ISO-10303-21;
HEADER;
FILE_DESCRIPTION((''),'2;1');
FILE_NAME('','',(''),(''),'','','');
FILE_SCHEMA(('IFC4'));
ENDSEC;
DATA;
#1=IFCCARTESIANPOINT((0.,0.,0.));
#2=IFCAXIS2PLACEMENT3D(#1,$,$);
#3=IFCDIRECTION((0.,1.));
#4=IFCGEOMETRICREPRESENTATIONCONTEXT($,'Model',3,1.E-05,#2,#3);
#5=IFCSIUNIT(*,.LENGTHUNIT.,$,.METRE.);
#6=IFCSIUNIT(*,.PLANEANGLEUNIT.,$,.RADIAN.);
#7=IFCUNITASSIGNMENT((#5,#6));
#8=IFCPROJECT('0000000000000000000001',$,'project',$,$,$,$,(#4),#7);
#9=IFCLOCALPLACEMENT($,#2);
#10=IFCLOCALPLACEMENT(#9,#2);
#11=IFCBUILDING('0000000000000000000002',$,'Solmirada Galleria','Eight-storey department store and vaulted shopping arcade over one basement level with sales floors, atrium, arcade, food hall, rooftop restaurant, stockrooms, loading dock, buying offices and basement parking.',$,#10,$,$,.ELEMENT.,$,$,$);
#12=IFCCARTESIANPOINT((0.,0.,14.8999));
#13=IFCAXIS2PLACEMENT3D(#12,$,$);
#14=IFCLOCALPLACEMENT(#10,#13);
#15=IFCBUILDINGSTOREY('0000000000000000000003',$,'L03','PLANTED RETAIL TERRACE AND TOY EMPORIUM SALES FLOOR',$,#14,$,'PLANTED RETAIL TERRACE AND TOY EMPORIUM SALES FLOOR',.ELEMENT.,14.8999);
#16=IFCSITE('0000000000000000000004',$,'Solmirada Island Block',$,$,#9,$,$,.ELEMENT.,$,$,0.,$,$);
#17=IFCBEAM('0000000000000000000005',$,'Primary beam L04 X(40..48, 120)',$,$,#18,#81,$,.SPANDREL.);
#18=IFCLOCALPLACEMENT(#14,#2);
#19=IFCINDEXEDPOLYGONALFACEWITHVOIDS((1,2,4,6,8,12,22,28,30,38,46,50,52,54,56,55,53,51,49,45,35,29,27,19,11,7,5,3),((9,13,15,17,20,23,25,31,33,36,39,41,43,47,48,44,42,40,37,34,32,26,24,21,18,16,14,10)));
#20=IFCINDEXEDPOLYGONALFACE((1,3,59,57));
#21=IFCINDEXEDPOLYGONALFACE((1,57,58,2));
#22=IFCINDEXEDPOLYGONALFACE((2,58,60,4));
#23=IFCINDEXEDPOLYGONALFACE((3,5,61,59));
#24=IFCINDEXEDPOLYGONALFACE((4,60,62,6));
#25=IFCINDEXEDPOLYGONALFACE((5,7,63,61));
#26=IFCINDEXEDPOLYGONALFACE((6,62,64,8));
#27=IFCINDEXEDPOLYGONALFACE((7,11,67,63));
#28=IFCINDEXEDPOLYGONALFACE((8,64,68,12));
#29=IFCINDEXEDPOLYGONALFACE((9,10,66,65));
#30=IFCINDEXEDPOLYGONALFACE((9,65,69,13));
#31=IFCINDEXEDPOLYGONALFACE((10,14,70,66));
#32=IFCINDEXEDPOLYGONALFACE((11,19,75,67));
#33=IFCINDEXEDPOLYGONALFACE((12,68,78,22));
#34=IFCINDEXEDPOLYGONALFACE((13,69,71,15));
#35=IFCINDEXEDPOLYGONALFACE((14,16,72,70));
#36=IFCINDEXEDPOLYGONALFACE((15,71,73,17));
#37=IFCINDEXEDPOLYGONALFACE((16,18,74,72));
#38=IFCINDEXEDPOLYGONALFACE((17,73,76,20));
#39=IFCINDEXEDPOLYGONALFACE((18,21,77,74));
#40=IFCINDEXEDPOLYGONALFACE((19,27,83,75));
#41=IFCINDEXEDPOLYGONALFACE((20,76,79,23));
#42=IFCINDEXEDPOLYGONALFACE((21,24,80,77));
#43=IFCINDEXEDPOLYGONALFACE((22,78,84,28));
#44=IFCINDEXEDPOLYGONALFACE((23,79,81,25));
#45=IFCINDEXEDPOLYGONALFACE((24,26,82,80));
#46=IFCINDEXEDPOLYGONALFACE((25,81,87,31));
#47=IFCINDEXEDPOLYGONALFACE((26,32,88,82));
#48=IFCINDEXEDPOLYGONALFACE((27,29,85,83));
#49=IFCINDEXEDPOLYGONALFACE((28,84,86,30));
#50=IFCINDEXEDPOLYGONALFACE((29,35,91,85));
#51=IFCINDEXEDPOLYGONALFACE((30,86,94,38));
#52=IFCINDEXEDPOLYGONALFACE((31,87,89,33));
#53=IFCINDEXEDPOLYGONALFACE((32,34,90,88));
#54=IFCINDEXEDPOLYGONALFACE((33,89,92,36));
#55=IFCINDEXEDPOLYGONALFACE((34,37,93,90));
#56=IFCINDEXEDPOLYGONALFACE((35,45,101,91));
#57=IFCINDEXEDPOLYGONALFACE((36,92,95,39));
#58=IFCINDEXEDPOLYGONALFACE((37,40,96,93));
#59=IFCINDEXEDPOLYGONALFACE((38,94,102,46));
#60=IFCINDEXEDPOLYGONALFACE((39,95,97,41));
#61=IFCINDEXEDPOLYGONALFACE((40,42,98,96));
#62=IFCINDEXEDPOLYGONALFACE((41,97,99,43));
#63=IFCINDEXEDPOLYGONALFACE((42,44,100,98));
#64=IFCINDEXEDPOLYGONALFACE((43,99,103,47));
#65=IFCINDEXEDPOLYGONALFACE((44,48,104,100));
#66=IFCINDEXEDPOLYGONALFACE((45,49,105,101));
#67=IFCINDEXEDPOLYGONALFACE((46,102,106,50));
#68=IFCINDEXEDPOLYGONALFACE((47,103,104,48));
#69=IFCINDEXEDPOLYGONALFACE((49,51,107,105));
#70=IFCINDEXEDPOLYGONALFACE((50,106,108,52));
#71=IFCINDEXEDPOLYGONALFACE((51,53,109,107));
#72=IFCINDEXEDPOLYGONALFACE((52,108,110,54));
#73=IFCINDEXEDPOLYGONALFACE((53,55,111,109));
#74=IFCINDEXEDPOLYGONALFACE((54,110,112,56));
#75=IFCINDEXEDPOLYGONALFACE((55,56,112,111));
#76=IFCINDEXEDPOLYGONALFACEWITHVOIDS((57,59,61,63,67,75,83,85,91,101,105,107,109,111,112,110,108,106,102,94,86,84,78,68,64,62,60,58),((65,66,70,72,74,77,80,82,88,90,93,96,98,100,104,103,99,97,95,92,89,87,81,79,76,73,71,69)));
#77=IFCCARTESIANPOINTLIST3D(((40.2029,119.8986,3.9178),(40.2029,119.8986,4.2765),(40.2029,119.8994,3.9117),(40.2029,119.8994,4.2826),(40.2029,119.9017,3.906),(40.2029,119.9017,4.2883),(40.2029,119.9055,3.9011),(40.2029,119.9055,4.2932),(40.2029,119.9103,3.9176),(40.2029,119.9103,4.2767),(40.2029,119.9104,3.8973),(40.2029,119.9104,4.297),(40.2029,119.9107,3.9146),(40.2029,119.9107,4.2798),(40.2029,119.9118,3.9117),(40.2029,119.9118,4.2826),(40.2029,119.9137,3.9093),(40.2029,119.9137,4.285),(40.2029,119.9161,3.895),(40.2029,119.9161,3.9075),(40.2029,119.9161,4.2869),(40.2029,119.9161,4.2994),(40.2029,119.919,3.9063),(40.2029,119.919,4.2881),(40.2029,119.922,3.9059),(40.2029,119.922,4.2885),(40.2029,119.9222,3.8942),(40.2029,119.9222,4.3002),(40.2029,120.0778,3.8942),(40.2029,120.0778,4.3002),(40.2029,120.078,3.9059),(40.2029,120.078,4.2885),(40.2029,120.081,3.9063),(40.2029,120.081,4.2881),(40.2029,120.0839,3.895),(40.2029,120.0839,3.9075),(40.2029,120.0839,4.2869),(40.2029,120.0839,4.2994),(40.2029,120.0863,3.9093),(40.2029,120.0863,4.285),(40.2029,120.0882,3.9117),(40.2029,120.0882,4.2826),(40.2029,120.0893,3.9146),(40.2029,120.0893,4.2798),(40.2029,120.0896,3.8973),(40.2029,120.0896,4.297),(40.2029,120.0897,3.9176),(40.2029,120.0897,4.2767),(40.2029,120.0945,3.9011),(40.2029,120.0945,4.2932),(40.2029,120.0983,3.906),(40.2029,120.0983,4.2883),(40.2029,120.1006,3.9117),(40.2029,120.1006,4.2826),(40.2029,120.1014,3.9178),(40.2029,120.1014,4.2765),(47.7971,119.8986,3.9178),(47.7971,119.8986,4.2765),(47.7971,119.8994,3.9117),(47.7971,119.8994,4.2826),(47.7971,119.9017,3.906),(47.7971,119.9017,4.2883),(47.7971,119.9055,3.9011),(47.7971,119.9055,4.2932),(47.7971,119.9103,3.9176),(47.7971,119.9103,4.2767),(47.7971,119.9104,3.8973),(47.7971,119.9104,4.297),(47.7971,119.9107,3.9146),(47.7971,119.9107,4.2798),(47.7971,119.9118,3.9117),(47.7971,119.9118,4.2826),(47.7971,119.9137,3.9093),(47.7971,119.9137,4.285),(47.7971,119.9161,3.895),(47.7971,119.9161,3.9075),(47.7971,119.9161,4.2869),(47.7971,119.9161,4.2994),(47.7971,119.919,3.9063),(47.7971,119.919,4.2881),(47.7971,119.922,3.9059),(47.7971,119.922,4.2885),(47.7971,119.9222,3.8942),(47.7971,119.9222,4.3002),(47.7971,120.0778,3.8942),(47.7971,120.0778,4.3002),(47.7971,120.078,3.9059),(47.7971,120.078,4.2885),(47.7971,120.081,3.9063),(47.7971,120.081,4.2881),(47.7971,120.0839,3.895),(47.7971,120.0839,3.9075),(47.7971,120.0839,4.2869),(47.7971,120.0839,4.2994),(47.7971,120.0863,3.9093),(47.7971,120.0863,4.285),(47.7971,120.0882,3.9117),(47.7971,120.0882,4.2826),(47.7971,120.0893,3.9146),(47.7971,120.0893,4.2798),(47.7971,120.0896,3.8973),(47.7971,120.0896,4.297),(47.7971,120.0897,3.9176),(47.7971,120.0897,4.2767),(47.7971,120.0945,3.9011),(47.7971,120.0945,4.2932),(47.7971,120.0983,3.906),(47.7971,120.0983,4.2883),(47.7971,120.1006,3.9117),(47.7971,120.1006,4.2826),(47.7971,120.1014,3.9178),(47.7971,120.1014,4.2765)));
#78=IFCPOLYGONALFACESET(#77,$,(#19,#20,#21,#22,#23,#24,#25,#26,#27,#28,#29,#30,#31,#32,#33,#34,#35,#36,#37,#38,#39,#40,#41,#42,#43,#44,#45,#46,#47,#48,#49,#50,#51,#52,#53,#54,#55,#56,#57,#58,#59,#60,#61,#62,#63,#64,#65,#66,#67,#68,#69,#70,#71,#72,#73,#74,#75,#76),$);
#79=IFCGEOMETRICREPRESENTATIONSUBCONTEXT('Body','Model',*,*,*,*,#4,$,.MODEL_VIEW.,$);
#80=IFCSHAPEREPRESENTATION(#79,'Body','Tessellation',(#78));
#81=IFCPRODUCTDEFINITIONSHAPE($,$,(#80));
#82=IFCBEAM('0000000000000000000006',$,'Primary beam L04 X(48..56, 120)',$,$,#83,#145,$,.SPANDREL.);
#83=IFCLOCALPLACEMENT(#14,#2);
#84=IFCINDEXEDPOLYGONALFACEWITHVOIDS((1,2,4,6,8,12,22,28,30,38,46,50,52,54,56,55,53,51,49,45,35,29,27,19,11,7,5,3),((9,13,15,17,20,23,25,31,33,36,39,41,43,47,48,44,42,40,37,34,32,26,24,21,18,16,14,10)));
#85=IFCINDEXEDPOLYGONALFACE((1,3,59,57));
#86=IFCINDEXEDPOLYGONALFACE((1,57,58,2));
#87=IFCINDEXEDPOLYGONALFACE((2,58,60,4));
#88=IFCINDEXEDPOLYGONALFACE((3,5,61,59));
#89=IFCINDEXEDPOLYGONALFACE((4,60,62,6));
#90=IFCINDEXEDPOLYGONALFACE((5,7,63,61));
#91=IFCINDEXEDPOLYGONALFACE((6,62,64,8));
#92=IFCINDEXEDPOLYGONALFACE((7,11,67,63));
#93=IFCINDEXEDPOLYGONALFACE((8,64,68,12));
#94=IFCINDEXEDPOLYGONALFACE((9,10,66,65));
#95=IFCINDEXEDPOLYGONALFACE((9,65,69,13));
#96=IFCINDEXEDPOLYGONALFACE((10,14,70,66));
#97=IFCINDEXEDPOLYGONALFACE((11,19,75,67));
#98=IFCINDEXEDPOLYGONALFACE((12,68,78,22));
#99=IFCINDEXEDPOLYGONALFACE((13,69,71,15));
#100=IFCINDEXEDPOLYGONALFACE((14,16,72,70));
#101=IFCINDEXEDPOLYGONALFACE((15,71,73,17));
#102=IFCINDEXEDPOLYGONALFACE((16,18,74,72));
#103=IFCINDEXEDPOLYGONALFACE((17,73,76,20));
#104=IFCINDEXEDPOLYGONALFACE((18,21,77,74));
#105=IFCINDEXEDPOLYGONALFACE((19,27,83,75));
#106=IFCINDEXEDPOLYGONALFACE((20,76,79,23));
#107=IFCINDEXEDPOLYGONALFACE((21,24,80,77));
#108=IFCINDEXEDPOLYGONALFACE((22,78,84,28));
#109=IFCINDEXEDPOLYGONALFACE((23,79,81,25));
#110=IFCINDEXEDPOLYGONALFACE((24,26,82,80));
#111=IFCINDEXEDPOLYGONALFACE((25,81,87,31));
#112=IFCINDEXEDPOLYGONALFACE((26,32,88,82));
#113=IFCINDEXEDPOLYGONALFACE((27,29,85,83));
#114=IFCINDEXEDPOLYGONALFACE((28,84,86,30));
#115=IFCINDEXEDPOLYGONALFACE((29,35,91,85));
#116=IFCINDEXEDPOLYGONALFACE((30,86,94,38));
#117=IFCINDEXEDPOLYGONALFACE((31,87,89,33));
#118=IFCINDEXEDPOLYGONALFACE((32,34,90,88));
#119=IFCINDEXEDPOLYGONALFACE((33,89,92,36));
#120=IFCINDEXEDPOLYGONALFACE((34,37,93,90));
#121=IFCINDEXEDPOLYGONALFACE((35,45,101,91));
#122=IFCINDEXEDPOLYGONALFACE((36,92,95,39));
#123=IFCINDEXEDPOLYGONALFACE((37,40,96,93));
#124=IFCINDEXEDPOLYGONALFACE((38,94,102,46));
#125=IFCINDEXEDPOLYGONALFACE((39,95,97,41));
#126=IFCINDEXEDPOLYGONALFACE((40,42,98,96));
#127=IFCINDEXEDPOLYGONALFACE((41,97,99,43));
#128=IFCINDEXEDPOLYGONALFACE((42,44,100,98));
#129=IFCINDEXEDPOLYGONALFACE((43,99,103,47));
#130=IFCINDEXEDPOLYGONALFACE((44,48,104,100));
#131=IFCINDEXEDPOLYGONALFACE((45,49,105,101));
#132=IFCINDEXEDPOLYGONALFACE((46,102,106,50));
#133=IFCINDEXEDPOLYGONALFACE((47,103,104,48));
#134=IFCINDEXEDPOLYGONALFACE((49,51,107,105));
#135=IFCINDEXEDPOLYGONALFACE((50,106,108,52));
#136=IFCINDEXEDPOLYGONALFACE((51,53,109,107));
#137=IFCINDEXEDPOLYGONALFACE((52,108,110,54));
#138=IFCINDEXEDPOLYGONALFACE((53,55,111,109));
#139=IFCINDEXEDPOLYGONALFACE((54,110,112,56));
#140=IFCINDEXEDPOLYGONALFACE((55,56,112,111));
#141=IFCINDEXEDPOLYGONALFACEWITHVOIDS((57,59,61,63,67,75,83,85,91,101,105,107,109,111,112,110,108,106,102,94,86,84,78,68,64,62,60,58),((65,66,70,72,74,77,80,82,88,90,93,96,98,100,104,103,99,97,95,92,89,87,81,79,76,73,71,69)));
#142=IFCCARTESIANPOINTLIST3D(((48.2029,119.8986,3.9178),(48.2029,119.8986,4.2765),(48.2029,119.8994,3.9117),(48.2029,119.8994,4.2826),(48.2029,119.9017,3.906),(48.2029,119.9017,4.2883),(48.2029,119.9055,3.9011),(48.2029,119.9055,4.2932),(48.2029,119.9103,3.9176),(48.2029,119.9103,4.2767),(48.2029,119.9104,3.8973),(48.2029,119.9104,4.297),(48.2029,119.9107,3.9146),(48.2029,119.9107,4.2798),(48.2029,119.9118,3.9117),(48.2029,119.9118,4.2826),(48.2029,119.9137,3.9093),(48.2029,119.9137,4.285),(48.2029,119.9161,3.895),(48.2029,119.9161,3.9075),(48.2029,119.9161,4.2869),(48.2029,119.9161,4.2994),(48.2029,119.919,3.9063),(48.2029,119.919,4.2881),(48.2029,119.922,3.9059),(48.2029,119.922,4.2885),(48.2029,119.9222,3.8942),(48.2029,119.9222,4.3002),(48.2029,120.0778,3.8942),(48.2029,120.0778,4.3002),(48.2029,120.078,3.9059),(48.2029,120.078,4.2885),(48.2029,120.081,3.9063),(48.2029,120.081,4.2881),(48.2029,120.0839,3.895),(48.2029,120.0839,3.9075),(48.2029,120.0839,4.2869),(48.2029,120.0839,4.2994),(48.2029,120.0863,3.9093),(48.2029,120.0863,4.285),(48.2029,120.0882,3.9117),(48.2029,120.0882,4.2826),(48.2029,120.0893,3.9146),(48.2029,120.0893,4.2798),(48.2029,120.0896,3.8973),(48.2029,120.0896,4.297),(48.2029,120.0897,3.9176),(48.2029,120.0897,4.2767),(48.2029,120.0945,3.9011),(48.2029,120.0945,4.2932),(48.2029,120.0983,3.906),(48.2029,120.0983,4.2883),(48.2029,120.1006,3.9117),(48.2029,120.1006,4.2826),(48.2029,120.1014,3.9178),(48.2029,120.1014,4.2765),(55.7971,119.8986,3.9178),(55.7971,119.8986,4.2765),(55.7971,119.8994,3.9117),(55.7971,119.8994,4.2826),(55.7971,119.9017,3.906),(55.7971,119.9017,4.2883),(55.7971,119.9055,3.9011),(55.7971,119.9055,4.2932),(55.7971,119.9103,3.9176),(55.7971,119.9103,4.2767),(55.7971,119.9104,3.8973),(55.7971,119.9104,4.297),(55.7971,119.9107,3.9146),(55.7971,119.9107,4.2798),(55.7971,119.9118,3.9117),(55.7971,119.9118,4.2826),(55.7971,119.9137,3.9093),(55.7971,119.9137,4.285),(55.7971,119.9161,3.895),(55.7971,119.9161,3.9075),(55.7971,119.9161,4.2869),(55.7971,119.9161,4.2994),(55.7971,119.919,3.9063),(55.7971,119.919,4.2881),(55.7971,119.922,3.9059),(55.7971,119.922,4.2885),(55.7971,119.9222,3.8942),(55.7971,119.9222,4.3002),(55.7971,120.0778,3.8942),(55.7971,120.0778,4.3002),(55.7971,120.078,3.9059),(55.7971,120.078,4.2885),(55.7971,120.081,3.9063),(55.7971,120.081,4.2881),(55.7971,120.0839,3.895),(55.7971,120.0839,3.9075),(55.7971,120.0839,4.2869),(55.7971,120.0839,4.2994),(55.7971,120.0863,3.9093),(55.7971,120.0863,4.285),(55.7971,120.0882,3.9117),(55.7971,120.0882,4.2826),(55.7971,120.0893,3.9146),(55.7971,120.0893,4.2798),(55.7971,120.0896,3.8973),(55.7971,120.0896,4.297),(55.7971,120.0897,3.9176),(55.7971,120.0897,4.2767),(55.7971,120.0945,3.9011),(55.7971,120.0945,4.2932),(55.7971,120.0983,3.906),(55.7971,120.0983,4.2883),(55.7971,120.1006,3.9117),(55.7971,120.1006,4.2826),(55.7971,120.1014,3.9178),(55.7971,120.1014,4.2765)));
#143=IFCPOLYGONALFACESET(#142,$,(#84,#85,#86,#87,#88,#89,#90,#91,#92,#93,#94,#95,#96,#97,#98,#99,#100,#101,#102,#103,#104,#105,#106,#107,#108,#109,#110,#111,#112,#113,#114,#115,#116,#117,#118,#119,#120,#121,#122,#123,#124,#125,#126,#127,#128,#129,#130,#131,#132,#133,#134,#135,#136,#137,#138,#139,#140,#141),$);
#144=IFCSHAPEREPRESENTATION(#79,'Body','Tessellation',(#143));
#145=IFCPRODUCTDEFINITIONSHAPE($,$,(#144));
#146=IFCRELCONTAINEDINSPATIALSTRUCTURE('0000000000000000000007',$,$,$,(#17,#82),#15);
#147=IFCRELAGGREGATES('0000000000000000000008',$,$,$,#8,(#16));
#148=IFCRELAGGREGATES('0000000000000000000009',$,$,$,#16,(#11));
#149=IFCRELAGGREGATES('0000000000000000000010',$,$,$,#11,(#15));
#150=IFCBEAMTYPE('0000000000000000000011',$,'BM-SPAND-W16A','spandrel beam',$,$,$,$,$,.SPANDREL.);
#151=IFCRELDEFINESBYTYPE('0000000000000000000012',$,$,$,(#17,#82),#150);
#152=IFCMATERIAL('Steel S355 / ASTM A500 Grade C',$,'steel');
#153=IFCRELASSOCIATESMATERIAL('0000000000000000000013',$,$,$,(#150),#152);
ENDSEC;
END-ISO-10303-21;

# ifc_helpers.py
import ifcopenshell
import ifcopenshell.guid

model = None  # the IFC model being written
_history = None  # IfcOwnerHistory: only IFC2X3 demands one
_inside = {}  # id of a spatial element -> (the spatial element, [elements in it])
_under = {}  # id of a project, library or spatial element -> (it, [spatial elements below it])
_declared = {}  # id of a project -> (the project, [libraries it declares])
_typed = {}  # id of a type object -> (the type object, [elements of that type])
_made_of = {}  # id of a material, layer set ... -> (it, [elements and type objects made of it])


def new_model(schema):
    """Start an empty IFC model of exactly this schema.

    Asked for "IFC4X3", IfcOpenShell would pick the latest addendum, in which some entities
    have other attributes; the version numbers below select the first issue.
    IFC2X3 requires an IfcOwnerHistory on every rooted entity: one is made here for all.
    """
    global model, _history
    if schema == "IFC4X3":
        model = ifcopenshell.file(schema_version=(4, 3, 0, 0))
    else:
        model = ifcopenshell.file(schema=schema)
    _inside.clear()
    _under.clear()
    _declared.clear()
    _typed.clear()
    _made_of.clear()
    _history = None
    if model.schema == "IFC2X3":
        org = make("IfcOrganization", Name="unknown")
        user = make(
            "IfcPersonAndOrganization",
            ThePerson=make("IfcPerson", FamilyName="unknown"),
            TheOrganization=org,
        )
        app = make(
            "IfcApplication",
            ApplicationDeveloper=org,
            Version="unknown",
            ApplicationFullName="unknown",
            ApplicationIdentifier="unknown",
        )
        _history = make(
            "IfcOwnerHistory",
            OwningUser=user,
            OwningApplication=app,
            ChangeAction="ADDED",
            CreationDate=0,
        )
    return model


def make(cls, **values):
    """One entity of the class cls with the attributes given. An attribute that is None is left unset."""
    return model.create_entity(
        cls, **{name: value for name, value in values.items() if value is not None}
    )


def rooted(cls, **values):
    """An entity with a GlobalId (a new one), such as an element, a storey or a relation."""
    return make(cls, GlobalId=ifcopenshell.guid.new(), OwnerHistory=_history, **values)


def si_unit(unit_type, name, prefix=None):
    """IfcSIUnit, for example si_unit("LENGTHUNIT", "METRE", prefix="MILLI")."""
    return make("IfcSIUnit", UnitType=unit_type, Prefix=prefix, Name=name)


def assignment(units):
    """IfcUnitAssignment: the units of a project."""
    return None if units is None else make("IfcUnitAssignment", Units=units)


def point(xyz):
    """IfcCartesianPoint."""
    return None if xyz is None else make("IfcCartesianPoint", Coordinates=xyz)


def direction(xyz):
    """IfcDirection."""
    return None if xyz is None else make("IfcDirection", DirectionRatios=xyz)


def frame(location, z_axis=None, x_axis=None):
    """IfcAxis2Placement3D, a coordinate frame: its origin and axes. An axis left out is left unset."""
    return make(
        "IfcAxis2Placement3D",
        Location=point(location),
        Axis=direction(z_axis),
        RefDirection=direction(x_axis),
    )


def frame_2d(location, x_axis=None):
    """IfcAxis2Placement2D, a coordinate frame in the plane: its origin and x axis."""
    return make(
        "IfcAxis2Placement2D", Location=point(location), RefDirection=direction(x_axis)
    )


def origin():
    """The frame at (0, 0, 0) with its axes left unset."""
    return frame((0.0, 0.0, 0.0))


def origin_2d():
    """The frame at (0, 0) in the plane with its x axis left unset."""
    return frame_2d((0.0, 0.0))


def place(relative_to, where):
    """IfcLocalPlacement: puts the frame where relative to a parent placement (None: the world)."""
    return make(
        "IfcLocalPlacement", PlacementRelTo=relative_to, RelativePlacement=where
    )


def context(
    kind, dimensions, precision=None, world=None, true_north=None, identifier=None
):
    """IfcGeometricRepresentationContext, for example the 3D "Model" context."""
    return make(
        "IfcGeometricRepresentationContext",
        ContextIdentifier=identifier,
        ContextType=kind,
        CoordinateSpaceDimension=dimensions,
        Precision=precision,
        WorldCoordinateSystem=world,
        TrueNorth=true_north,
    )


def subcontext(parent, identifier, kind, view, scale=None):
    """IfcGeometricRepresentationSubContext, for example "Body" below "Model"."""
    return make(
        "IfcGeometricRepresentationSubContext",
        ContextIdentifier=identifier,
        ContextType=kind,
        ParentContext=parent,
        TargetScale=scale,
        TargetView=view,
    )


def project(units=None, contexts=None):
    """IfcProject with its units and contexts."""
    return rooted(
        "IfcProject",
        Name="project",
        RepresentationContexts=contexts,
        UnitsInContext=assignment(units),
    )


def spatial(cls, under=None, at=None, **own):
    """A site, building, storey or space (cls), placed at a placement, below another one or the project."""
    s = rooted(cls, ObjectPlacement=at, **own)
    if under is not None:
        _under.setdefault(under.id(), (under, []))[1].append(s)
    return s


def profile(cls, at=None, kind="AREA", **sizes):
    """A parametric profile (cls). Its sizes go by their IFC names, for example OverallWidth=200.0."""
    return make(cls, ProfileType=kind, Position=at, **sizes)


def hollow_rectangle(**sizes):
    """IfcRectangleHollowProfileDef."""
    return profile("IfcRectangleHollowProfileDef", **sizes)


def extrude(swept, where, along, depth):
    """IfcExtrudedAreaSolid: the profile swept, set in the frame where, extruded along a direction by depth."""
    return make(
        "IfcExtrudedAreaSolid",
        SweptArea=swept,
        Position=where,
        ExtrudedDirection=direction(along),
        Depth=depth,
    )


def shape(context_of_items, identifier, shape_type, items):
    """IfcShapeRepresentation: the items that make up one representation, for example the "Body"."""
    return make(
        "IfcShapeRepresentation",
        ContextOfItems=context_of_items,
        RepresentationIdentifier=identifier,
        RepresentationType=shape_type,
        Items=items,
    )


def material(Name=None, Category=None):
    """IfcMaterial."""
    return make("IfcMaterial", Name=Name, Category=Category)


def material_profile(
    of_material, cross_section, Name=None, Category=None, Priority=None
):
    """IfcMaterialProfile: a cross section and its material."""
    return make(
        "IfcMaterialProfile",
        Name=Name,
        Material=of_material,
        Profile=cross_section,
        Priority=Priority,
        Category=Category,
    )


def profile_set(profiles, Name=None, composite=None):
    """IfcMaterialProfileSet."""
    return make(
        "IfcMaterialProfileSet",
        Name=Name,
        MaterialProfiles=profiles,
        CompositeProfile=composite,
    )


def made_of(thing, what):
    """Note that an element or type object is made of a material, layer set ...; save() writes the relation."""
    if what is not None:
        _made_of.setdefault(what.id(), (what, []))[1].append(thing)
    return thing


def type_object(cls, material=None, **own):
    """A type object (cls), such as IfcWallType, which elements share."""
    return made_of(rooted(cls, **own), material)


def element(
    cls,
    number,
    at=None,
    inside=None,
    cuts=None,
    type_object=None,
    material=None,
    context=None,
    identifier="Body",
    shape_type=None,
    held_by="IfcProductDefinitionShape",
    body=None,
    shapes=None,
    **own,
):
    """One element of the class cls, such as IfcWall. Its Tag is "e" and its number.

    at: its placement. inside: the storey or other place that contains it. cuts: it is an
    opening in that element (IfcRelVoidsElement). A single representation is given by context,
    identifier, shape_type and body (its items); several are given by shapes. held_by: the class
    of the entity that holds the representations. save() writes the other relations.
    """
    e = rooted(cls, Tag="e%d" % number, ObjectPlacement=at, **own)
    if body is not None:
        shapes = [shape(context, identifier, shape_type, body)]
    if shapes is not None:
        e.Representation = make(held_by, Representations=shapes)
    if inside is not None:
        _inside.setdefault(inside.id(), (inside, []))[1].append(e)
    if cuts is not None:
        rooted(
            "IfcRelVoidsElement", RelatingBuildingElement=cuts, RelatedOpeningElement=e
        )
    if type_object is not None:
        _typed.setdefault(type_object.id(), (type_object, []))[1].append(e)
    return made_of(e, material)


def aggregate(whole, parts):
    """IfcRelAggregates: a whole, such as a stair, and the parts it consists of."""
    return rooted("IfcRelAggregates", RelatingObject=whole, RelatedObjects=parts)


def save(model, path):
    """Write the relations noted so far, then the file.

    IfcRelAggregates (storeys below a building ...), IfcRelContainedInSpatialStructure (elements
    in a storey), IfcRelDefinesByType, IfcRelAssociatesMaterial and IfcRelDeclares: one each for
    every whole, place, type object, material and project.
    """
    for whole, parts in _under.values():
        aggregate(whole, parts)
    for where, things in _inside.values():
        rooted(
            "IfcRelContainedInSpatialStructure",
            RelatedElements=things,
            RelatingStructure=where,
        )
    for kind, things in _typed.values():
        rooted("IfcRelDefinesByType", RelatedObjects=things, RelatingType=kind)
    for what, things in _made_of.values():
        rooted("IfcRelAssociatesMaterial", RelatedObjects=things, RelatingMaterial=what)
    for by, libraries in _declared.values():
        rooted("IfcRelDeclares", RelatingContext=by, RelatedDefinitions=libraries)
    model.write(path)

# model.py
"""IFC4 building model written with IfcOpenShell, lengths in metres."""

from ifc_helpers import new_model, si_unit, direction, frame, origin, origin_2d, place, context, subcontext, project, spatial, hollow_rectangle, extrude, material, material_profile, profile_set, type_object, element, save


model = new_model("IFC4")

# Units and contexts
model_context = context("Model", 3, precision=1e-05, world=origin(), true_north=direction((0.0, 1.0)))
body_context = subcontext(model_context, "Body", "Model", "MODEL_VIEW")
ifc_project = project(units=[si_unit("LENGTHUNIT", "METRE"), si_unit("PLANEANGLEUNIT", "RADIAN")], contexts=[model_context])

# Site, building, storey
site_placement = place(None, origin())
site = spatial("IfcSite", under=ifc_project, at=site_placement, Name="Solmirada Island Block", CompositionType="ELEMENT", RefElevation=0.0)
building_placement = place(site_placement, origin())
building = spatial("IfcBuilding", under=site, at=building_placement, Name="Solmirada Galleria", Description="Eight-storey department store and vaulted shopping arcade over one basement level with sales floors, atrium, arcade, food hall, rooftop restaurant, stockrooms, loading dock, buying offices and basement parking.", CompositionType="ELEMENT")
storey_placement = place(building_placement, frame((0.0, 0.0, 14.8999)))
storey = spatial("IfcBuildingStorey", under=building, at=storey_placement, Name="L03", Description="PLANTED RETAIL TERRACE AND TOY EMPORIUM SALES FLOOR", LongName="PLANTED RETAIL TERRACE AND TOY EMPORIUM SALES FLOOR", CompositionType="ELEMENT", Elevation=14.8999)

# Shared definitions
ifc_material_1 = material(Name="Steel S355 / ASTM A500 Grade C", Category="steel")

# Beams
ifc_material_profile_1 = material_profile(ifc_material_1, hollow_rectangle(XDim=0.2029, YDim=0.406, WallThickness=0.0117, InnerFilletRadius=0.0117, OuterFilletRadius=0.0237, at=origin_2d()), Name="HSS16X8X1/2")
ifc_profile_set_1 = profile_set([ifc_material_profile_1], Name="Steel S355 / ASTM A500 Grade C")
beam_type_1 = type_object("IfcBeamType", Name="BM-SPAND-W16A", Description="spandrel beam", PredefinedType="SPANDREL", material=ifc_profile_set_1)
for number, where, z_axis, x_axis, name in (
    (1, (40.2029, 120.0, 4.0972), (1.0, 0.0, 0.0), (0.0, 1.0, 0.0), "Primary beam L04 X(40..48, 120)"),
    (2, (48.2029, 120.0, 4.0972), (1.0, 0.0, 0.0), (0.0, 1.0, 0.0), "Primary beam L04 X(48..56, 120)"),
):
    element("IfcBeam", number, at=place(storey_placement, frame(where, z_axis=z_axis, x_axis=x_axis)), inside=storey, type_object=beam_type_1, Name=name, PredefinedType="SPANDREL", context=body_context, shape_type="SweptSolid", body=[
        extrude(hollow_rectangle(XDim=0.2029, YDim=0.406, WallThickness=0.0117, InnerFilletRadius=0.0117, OuterFilletRadius=0.0237, at=origin_2d()), origin(), (0.0, 0.0, 1.0), 7.5942),
    ])

save(model, "model.ifc")
